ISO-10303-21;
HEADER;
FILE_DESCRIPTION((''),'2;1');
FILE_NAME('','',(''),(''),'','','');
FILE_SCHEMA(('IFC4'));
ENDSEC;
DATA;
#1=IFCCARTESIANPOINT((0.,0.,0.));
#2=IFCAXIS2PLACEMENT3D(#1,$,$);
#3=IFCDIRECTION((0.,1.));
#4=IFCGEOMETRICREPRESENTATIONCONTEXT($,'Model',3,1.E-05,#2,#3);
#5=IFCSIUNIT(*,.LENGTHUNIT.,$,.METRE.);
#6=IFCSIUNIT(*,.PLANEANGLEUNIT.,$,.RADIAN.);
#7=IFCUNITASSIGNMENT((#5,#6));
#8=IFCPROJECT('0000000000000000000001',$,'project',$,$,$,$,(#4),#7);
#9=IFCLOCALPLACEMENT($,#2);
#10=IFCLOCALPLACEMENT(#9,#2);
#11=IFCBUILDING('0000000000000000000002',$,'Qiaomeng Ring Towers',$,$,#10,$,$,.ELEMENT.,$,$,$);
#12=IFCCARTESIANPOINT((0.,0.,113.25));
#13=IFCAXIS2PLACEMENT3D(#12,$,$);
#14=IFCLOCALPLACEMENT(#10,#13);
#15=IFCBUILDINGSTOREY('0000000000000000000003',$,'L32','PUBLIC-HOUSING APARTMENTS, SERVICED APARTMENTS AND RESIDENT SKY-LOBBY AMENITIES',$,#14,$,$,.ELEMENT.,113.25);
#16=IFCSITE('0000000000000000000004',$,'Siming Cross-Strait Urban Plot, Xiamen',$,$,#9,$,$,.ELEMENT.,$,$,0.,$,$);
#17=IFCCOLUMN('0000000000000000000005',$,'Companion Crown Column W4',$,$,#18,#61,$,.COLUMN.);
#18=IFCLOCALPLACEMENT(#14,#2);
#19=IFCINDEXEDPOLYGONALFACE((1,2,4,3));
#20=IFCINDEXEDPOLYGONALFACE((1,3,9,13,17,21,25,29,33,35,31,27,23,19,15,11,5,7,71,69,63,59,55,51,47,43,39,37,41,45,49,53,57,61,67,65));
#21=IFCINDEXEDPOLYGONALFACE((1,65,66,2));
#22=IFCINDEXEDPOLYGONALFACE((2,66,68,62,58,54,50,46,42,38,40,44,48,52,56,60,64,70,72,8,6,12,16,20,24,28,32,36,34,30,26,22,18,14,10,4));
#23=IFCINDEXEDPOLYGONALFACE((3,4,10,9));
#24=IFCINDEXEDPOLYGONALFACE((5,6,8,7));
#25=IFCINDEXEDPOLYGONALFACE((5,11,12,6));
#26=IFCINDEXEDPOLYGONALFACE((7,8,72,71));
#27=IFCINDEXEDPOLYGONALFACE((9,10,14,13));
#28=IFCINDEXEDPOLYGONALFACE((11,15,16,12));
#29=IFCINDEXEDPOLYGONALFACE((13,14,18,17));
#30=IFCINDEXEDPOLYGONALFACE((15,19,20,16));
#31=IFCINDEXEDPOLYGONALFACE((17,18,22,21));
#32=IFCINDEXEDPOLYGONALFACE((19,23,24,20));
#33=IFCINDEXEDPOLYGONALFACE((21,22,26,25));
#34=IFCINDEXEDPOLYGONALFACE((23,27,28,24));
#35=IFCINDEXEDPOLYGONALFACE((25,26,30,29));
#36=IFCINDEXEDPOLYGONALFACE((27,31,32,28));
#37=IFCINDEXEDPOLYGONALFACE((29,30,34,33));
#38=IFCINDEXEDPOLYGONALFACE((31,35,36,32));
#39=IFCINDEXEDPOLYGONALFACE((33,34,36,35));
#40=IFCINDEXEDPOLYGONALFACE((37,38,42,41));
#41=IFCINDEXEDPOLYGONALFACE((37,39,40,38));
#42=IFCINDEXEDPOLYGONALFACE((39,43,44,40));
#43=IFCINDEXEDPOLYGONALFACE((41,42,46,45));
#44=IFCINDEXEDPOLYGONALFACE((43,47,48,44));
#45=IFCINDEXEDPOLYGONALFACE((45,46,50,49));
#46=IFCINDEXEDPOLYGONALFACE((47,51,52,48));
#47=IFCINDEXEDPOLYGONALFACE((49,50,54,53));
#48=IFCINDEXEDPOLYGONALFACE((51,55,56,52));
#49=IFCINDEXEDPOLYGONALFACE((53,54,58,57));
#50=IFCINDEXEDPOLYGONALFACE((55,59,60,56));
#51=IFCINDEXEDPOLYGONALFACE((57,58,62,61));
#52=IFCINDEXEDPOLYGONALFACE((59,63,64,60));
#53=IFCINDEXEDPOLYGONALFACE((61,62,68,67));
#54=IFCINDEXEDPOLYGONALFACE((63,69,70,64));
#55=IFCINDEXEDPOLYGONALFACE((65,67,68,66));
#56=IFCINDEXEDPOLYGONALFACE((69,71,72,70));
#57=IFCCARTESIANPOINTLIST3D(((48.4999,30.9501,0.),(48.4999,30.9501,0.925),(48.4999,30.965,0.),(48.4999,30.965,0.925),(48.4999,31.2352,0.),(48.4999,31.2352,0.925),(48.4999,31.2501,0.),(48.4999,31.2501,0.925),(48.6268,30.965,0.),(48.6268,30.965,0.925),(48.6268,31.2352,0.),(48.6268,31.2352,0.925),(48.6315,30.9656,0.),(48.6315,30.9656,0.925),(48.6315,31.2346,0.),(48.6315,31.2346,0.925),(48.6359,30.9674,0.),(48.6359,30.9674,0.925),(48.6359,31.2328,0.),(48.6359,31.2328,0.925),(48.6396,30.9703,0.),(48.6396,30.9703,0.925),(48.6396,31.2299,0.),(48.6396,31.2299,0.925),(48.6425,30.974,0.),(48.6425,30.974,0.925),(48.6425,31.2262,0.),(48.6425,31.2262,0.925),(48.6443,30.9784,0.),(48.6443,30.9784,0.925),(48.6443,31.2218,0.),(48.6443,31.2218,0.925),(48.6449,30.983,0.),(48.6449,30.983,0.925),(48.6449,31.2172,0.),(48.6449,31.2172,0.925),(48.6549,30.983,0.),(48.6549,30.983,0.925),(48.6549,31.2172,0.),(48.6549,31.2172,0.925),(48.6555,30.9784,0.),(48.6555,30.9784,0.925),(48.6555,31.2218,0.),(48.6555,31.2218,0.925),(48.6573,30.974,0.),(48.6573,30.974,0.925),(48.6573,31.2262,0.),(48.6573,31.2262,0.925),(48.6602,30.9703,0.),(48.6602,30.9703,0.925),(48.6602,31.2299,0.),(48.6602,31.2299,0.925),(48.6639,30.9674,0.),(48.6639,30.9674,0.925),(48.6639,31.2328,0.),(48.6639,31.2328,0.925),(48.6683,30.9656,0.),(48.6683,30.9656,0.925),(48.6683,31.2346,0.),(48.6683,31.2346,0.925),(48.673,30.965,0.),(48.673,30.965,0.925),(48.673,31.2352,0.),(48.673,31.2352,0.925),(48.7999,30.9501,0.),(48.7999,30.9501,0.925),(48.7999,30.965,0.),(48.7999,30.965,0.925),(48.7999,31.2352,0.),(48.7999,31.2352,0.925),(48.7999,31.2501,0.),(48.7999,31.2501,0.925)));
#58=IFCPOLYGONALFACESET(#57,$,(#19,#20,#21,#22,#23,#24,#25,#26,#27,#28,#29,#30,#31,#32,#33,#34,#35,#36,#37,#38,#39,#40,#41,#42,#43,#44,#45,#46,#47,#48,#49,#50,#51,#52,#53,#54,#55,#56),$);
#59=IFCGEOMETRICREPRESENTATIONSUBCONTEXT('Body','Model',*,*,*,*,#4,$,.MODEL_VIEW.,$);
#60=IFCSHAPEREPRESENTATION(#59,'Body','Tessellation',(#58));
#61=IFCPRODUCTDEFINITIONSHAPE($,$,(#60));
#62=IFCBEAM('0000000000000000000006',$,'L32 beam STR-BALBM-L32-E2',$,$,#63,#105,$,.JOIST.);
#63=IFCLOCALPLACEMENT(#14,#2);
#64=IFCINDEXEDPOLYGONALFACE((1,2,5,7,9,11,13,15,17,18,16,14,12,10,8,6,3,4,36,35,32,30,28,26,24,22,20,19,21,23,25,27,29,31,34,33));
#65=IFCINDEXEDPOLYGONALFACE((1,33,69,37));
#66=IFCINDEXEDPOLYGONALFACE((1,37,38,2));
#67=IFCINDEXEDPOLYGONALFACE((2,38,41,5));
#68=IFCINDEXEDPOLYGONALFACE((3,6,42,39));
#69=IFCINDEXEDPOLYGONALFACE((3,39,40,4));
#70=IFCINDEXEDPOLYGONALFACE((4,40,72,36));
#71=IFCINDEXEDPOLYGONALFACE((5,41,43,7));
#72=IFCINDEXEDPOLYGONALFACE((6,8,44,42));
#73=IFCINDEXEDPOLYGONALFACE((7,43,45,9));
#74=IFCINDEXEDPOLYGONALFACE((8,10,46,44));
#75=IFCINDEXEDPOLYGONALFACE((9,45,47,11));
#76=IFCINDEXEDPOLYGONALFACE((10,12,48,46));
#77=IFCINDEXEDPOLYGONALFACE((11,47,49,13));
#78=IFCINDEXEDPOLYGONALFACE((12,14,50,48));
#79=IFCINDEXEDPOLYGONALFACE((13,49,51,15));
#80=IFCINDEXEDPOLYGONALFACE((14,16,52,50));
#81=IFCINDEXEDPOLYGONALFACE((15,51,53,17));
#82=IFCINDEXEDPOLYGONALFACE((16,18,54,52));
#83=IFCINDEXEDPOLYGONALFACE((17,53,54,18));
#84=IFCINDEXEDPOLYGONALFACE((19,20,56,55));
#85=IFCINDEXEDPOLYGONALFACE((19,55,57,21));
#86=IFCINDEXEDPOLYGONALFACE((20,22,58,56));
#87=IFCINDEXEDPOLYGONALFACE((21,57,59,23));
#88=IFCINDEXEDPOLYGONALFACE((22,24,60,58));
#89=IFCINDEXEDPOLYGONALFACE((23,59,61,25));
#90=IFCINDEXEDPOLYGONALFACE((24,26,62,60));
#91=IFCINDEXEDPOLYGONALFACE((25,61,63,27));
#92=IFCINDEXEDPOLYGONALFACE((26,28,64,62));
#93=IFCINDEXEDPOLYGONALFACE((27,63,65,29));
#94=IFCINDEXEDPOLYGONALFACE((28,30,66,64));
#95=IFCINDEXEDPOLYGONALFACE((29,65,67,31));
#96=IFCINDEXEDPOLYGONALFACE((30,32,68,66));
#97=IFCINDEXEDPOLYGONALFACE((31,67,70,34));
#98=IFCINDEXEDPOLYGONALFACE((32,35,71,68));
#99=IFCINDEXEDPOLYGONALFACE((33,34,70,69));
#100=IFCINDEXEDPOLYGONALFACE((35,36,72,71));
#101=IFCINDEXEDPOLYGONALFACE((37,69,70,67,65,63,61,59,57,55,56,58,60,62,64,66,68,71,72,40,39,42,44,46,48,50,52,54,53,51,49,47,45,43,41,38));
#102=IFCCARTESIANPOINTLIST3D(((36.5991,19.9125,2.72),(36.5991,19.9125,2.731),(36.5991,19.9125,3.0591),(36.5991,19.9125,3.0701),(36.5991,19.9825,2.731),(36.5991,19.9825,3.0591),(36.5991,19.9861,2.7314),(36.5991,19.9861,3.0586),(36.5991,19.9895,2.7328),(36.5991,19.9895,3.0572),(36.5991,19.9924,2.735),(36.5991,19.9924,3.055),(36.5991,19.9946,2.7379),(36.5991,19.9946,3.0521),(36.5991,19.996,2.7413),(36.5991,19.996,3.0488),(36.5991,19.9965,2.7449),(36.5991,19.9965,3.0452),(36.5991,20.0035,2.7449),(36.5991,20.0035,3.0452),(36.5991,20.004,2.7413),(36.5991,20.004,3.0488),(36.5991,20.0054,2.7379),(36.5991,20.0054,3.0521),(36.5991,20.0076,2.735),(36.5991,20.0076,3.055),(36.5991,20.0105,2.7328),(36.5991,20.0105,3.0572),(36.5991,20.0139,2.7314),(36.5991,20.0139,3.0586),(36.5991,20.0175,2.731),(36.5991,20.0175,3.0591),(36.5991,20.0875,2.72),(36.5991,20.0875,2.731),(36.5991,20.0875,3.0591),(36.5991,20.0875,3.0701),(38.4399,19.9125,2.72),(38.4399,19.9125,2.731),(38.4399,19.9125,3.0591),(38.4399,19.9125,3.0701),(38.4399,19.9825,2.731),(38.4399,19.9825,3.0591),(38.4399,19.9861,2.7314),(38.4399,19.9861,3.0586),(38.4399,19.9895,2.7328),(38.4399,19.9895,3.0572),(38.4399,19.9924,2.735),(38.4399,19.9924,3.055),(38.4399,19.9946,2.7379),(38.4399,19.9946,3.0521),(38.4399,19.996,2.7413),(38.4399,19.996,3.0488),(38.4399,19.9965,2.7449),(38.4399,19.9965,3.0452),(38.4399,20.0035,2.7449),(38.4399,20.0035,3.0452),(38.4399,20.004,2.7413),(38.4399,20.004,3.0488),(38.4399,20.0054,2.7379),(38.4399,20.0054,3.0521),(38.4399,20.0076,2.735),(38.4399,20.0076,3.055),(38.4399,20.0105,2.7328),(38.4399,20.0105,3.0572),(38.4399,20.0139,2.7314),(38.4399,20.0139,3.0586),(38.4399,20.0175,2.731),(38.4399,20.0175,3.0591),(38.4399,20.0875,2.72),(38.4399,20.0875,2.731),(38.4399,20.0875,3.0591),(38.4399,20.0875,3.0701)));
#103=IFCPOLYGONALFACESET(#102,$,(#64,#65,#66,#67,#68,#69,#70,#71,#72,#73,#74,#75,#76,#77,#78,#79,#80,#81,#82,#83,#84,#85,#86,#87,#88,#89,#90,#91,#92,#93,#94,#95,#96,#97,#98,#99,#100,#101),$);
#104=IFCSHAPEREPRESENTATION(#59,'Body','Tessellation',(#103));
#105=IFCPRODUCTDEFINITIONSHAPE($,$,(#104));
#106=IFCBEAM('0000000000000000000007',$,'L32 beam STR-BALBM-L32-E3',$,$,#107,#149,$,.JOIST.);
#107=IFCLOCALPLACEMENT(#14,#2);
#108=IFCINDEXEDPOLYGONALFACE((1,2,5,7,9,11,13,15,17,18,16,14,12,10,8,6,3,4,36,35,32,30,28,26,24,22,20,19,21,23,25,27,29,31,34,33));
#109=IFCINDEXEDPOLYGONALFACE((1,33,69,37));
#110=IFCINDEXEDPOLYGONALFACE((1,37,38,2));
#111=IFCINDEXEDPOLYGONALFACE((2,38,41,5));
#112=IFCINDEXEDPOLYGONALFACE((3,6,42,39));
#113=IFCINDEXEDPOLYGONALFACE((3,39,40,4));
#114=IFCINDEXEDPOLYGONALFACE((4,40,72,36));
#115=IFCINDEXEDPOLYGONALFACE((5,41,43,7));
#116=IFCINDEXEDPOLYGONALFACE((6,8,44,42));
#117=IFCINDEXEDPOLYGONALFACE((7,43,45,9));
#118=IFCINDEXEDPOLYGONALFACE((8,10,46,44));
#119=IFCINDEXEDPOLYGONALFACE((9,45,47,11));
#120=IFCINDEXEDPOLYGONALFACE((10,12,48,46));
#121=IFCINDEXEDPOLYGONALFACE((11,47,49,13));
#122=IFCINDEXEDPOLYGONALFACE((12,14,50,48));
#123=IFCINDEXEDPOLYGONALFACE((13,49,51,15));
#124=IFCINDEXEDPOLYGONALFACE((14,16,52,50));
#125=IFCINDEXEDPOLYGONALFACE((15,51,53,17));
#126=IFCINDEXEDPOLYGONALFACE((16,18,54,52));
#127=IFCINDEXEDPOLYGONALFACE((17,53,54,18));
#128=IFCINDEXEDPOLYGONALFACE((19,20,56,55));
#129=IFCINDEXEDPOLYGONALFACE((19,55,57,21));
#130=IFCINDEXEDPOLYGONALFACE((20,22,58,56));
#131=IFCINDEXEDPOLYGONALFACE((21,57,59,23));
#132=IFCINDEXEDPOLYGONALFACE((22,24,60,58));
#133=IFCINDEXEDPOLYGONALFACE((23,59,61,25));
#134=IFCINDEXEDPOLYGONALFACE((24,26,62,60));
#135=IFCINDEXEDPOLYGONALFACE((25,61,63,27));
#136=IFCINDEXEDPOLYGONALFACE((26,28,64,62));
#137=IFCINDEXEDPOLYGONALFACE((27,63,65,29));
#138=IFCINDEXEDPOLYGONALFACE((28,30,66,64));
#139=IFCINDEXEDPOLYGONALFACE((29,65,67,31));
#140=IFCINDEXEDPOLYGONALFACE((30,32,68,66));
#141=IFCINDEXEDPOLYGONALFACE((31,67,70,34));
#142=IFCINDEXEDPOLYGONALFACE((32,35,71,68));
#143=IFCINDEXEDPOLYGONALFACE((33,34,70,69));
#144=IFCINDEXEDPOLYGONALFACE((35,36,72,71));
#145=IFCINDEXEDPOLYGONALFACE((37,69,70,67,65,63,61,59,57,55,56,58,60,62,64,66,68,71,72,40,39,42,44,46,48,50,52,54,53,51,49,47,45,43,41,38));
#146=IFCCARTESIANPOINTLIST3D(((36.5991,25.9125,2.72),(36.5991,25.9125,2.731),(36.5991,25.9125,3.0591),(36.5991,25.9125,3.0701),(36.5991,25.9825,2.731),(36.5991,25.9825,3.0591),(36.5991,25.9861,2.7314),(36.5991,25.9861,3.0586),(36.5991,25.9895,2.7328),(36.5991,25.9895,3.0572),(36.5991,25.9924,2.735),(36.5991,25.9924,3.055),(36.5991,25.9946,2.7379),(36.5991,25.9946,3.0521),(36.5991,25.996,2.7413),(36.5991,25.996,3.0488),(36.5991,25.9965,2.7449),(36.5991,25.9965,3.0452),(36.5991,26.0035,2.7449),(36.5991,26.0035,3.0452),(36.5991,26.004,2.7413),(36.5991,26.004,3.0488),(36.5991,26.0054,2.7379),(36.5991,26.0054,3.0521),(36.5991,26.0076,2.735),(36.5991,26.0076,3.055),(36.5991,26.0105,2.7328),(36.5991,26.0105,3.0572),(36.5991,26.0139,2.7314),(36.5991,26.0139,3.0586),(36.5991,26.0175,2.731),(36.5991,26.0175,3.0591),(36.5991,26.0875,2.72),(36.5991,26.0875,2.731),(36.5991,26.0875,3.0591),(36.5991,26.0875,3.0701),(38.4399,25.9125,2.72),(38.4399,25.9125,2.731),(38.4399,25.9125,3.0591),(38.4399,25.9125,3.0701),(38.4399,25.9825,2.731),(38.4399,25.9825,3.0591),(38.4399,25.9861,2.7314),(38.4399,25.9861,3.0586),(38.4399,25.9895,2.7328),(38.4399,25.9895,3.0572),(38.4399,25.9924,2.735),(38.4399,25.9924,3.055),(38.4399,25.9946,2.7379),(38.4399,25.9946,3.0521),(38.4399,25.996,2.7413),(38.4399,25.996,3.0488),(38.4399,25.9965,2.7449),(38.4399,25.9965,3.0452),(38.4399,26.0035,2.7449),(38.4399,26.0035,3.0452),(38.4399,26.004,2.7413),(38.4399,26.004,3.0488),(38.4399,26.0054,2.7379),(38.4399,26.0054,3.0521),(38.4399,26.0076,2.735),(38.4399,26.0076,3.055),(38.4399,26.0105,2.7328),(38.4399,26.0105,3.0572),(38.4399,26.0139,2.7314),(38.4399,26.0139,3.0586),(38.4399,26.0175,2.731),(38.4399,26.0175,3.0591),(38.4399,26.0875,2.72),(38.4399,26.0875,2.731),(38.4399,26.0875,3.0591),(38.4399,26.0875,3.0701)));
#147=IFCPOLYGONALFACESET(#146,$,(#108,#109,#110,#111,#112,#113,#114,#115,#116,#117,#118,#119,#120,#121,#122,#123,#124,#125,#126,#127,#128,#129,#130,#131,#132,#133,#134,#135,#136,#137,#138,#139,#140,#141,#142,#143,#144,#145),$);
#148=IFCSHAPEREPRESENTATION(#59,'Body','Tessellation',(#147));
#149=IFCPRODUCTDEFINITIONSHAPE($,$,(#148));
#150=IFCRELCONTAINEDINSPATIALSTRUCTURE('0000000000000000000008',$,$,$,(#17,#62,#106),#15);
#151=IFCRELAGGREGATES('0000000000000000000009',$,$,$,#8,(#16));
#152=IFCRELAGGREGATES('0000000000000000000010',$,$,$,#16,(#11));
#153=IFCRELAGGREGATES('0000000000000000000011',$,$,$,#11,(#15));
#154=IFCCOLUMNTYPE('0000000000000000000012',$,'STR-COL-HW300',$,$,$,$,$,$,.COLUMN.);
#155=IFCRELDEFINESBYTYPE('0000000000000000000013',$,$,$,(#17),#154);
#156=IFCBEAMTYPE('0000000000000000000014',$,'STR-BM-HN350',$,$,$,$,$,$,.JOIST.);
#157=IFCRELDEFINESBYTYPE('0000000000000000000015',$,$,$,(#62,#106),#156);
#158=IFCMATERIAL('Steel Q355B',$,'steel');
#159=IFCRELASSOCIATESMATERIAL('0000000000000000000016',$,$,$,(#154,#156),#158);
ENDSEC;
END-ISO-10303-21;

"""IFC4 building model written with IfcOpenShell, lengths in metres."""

from ifc_helpers import new_model, si_unit, direction, frame, origin, origin_2d, place, context, subcontext, project, spatial, i_section, extrude, source, transform, mapped, material, material_profile, profile_set, type_object, element, save


model = new_model("IFC4")

# Units and contexts
model_context = context("Model", 3, precision=1e-05, world=origin(), true_north=direction((0.0, 1.0)))
body_context = subcontext(model_context, "Body", "Model", "MODEL_VIEW")
ifc_project = project(units=[si_unit("LENGTHUNIT", "METRE"), si_unit("PLANEANGLEUNIT", "RADIAN")], contexts=[model_context])

# Site, building, storey
site_placement = place(None, origin())
site = spatial("IfcSite", under=ifc_project, at=site_placement, Name="Siming Cross-Strait Urban Plot, Xiamen", CompositionType="ELEMENT", RefElevation=0.0)
building_placement = place(site_placement, origin())
building = spatial("IfcBuilding", under=site, at=building_placement, Name="Qiaomeng Ring Towers", CompositionType="ELEMENT")
storey_placement = place(building_placement, frame((0.0, 0.0, 113.25)))
storey = spatial("IfcBuildingStorey", under=building, at=storey_placement, Name="L32", Description="PUBLIC-HOUSING APARTMENTS, SERVICED APARTMENTS AND RESIDENT SKY-LOBBY AMENITIES", CompositionType="ELEMENT", Elevation=113.25)

# Column
ifc_material_1 = material(Name="Steel Q355B", Category="steel")
ifc_material_profile_1 = material_profile(ifc_material_1, i_section(OverallWidth=0.3, OverallDepth=0.3, WebThickness=0.01, FlangeThickness=0.0149, FilletRadius=0.0181, at=origin_2d()), Name="HW 300x300x10x15")
ifc_profile_set_1 = profile_set([ifc_material_profile_1], Name="Steel Q355B")
column_type = type_object("IfcColumnType", Name="STR-COL-HW300", PredefinedType="COLUMN", material=ifc_profile_set_1)
shared_shape_1 = source(origin(), body_context, "Body", "SweptSolid", [
    extrude(i_section(OverallWidth=0.3, OverallDepth=0.3, WebThickness=0.01, FlangeThickness=0.0149, FilletRadius=0.0181, at=origin_2d()), origin(), (0.0, 0.0, 1.0), 0.925),
])
for number, where, z_axis, x_axis, name in (
    (1, (48.6499, 31.1001, 0.0), (0.0, 0.0, 1.0), (1.0, 0.0, 0.0), "Companion Crown Column W4"),
):
    element("IfcColumn", number, at=place(storey_placement, frame(where, z_axis=z_axis, x_axis=x_axis)), inside=storey, type_object=column_type, Name=name, PredefinedType="COLUMN", context=body_context, shape_type="MappedRepresentation", body=[
        mapped(shared_shape_1, transform((0.0, 0.0, 0.0), x_axis=(1.0, 0.0, 0.0), y_axis=(0.0, 1.0, 0.0), z_axis=(0.0, 0.0, 1.0), scale=1.0)),
    ])

# Beams
ifc_material_profile_2 = material_profile(ifc_material_1, i_section(OverallWidth=0.175, OverallDepth=0.3501, WebThickness=0.0071, FlangeThickness=0.011, FilletRadius=0.0139, at=origin_2d()), Name="HN 350x175x7x11")
ifc_profile_set_2 = profile_set([ifc_material_profile_2], Name="Steel Q355B")
beam_type_1 = type_object("IfcBeamType", Name="STR-BM-HN350", PredefinedType="JOIST", material=ifc_profile_set_2)
shared_shape_2 = source(origin(), body_context, "Body", "SweptSolid", [
    extrude(i_section(OverallWidth=0.175, OverallDepth=0.3501, WebThickness=0.0071, FlangeThickness=0.011, FilletRadius=0.0139, at=origin_2d()), origin(), (0.0, 0.0, 1.0), 1.8408),
])
for number, where, z_axis, x_axis, name in (
    (2, (36.5991, 20.0, 2.895), (1.0, 0.0, 0.0), (0.0, 1.0, 0.0), "L32 beam STR-BALBM-L32-E2"),
    (3, (36.5991, 26.0, 2.895), (1.0, 0.0, 0.0), (0.0, 1.0, 0.0), "L32 beam STR-BALBM-L32-E3"),
):
    element("IfcBeam", number, at=place(storey_placement, frame(where, z_axis=z_axis, x_axis=x_axis)), inside=storey, type_object=beam_type_1, Name=name, PredefinedType="JOIST", context=body_context, shape_type="MappedRepresentation", body=[
        mapped(shared_shape_2, transform((0.0, 0.0, 0.0), x_axis=(1.0, 0.0, 0.0), y_axis=(0.0, 1.0, 0.0), z_axis=(0.0, 0.0, 1.0), scale=1.0)),
    ])

save(model, "model.ifc")
